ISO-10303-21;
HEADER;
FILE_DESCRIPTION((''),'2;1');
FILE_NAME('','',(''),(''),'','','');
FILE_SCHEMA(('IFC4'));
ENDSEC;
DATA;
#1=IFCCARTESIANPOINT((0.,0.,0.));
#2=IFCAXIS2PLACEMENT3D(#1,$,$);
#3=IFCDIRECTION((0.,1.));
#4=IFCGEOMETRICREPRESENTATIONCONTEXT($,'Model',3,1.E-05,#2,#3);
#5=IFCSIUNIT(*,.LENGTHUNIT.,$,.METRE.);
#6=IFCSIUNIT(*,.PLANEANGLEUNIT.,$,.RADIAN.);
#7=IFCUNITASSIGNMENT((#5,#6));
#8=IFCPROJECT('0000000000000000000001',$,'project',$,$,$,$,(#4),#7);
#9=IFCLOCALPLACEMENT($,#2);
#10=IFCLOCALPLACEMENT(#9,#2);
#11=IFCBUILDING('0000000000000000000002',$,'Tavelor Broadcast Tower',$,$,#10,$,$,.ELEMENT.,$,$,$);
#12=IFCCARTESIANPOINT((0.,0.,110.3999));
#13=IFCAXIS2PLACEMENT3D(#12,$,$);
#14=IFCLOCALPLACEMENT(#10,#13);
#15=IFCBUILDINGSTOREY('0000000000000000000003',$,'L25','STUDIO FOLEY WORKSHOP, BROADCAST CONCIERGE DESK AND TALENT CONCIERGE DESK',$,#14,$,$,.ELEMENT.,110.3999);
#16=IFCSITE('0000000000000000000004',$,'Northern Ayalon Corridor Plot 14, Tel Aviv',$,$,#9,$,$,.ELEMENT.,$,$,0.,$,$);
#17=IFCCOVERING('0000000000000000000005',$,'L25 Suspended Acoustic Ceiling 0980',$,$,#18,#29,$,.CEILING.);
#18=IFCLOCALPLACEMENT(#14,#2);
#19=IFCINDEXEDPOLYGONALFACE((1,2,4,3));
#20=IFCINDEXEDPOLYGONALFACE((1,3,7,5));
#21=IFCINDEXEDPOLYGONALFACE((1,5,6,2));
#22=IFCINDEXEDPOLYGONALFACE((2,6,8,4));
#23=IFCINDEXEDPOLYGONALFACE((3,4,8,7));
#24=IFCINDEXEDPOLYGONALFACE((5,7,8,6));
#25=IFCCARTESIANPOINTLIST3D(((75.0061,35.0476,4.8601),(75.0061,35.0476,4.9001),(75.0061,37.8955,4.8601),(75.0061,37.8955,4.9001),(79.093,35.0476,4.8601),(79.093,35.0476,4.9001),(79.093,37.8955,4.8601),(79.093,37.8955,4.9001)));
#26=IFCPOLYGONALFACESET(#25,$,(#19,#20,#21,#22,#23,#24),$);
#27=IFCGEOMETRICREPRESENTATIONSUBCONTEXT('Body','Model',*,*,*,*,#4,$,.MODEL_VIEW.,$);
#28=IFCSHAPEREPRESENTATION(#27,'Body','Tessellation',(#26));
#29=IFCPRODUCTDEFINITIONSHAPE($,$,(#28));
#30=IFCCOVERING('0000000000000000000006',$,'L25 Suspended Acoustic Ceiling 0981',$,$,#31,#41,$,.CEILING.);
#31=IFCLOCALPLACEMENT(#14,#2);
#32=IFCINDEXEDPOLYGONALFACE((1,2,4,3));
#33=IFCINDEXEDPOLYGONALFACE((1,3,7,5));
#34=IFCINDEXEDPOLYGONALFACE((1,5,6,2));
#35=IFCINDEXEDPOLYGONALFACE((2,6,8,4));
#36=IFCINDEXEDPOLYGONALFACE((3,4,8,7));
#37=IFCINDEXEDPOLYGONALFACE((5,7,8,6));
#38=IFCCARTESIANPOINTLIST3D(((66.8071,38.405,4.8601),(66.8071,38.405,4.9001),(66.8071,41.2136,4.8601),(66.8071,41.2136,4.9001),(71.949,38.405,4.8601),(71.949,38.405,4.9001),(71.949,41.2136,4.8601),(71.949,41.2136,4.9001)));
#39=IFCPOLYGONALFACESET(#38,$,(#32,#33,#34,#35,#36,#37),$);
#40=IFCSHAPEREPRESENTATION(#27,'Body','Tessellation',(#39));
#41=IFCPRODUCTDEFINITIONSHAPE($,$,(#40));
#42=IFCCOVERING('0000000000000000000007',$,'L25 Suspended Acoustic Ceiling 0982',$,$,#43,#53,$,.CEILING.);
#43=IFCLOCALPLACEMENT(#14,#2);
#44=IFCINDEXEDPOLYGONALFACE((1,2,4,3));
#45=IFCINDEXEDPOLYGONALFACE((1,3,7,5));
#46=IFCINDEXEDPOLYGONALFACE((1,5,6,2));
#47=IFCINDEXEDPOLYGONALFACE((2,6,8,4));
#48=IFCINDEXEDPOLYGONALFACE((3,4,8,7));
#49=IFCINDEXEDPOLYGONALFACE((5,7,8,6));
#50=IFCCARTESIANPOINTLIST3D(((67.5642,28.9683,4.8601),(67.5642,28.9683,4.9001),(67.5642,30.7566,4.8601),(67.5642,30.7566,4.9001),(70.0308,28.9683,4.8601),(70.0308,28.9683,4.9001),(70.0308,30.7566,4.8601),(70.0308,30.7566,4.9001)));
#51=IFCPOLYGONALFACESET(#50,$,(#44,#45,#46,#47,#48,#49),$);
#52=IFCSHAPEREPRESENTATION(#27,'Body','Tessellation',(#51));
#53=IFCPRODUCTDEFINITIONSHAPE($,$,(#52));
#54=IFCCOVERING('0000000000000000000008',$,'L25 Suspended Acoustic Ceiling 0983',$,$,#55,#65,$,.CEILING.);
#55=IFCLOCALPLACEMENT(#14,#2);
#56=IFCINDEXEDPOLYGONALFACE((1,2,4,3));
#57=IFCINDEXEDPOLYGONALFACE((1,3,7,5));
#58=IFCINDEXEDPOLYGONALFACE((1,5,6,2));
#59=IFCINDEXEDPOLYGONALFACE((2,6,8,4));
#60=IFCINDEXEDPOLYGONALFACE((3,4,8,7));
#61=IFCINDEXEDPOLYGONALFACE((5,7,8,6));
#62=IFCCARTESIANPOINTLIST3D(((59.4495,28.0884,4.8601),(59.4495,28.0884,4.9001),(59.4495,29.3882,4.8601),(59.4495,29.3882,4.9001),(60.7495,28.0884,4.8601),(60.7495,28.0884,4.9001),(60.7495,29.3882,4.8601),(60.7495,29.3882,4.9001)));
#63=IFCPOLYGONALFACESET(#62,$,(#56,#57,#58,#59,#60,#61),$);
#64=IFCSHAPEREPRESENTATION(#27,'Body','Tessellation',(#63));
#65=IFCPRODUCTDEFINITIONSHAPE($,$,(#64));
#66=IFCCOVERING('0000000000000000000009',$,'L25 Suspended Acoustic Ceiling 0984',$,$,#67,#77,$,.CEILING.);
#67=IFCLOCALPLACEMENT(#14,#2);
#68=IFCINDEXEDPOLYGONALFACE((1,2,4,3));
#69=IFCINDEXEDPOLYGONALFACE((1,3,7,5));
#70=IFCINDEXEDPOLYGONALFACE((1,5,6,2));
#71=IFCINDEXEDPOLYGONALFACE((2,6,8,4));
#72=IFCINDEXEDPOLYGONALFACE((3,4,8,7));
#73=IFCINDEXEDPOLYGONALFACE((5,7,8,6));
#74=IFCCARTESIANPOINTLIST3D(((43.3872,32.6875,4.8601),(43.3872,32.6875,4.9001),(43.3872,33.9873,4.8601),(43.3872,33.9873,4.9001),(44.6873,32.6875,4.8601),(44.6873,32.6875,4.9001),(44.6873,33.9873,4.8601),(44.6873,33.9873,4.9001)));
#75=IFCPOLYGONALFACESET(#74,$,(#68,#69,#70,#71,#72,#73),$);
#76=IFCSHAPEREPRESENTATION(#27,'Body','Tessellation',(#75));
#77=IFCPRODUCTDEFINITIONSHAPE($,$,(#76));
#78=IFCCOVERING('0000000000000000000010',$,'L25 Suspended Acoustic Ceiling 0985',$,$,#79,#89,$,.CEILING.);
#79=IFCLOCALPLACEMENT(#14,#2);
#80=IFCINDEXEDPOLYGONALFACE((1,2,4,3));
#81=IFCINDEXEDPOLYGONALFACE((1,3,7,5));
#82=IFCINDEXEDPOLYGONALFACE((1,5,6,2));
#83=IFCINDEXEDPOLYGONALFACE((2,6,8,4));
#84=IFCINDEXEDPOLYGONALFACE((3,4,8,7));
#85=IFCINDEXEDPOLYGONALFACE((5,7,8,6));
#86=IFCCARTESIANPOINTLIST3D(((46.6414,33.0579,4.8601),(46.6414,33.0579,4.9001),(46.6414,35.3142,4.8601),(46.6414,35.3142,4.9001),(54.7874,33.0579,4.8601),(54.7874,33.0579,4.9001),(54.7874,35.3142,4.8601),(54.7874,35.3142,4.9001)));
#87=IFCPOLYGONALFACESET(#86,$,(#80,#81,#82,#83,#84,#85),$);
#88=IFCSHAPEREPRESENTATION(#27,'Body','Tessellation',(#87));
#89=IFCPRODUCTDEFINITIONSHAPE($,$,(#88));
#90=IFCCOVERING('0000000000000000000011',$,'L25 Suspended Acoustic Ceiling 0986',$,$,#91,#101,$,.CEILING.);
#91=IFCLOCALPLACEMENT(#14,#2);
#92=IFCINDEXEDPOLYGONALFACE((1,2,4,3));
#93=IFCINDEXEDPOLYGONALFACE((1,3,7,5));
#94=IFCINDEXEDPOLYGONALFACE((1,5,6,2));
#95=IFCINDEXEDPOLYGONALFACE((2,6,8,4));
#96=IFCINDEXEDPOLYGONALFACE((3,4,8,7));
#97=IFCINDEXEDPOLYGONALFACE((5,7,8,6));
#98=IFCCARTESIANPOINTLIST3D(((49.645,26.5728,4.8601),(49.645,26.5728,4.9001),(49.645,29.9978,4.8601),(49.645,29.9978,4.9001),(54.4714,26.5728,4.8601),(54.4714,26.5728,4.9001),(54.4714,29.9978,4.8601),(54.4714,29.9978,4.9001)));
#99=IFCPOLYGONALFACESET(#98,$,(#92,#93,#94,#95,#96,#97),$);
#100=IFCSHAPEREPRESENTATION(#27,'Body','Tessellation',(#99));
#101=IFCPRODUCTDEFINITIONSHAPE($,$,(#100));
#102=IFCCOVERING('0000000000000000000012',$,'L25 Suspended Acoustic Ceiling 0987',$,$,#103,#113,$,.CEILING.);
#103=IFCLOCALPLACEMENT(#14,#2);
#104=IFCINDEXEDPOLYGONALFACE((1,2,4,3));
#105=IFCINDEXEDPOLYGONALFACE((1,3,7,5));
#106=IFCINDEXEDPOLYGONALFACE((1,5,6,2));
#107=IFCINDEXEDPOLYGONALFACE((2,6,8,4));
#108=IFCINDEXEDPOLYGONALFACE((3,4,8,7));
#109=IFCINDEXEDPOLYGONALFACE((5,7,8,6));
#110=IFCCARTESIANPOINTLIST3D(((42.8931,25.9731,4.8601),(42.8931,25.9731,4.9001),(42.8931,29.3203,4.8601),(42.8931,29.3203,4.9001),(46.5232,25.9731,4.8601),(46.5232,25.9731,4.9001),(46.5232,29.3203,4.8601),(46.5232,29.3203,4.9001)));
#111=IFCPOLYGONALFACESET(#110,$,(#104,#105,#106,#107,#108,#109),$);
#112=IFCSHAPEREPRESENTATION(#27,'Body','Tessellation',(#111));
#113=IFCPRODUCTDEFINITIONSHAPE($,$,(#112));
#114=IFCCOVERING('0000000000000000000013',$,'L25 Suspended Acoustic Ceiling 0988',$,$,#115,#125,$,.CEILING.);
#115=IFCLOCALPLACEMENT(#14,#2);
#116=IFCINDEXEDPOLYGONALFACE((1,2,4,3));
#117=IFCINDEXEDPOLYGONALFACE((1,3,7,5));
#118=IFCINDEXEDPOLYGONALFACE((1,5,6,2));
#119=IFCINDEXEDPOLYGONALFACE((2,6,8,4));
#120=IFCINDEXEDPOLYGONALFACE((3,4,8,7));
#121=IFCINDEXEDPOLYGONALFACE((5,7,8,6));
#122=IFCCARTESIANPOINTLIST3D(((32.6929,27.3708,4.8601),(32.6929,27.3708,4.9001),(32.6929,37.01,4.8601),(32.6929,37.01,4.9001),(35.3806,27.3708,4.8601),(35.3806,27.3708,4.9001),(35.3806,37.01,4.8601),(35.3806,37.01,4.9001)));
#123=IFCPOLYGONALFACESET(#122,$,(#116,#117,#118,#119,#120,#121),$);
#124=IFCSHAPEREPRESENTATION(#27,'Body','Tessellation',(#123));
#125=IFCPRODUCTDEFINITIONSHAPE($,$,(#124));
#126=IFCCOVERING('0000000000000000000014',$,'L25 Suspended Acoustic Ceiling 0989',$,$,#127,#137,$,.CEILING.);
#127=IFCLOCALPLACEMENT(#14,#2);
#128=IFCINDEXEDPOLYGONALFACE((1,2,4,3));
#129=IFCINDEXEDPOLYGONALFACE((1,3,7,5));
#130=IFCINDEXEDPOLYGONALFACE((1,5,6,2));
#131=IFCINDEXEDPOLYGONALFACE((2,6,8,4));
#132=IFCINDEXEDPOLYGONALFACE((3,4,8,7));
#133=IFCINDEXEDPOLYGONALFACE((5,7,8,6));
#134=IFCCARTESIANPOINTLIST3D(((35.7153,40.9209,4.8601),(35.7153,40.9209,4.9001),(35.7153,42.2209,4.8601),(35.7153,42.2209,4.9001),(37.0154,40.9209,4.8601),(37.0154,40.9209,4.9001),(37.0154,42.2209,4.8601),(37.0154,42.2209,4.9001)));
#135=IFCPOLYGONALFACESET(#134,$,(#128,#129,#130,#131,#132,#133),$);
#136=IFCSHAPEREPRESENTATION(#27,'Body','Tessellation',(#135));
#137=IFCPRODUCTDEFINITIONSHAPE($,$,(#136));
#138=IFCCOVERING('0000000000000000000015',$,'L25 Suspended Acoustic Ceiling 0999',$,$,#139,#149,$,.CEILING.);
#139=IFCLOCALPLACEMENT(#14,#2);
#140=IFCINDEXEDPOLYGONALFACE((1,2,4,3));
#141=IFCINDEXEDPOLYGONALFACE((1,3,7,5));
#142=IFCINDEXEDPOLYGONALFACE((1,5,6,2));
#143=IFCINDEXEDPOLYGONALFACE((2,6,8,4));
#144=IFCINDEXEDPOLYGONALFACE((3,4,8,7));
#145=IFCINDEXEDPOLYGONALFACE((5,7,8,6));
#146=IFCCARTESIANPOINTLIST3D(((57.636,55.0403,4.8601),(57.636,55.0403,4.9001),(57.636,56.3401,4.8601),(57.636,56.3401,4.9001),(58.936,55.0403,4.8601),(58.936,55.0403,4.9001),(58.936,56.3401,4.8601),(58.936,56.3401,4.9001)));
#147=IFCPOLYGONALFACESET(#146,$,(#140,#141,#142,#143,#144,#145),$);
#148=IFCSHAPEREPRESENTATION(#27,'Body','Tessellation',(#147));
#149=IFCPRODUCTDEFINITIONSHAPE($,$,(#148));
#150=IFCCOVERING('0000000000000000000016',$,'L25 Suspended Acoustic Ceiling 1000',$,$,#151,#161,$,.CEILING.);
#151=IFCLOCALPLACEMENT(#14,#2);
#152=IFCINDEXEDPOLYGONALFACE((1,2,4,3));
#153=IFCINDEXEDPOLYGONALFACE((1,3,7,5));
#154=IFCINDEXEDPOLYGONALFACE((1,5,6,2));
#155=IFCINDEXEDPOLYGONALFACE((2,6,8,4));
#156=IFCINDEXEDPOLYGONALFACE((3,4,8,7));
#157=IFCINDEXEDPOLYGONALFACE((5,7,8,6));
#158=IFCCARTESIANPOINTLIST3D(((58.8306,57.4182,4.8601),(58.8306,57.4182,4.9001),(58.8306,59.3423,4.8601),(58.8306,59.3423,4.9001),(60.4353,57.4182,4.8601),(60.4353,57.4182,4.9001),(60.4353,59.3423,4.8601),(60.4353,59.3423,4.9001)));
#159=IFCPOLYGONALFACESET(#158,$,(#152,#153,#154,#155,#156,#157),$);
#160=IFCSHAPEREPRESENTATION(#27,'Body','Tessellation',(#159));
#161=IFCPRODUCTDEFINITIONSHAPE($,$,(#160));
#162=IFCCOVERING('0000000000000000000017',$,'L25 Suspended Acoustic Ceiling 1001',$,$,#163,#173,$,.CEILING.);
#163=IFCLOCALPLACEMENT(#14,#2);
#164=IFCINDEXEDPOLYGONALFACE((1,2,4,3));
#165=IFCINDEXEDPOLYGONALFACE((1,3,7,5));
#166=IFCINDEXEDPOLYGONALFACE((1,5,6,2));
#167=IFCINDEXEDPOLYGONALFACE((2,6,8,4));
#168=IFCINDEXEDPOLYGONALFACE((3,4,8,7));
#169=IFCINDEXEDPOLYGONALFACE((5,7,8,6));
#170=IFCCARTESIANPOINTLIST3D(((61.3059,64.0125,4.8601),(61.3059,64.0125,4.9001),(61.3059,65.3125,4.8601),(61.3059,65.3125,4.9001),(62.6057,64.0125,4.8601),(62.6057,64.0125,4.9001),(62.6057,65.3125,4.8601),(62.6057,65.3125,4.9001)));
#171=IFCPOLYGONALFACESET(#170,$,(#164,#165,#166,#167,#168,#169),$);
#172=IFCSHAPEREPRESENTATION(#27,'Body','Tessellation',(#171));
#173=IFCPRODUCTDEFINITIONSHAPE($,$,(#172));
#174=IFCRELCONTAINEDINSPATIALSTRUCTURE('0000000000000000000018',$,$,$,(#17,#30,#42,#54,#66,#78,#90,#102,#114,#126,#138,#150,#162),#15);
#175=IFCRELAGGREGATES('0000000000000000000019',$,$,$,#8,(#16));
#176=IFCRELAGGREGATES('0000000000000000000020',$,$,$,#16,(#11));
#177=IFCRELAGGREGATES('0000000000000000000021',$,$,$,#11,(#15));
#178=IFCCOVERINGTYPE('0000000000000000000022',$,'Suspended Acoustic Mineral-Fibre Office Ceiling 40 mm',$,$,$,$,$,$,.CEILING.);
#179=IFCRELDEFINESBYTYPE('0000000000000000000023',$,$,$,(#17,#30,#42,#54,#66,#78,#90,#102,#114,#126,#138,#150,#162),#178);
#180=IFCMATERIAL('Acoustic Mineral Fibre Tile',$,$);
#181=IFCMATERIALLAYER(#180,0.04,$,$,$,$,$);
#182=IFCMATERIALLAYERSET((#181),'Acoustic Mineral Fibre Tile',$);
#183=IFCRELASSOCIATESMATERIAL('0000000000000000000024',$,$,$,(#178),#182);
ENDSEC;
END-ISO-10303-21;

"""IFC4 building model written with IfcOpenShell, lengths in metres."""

from ifc_helpers import new_model, si_unit, direction, frame, origin, place, context, subcontext, project, spatial, polyline, outline, extrude, material, layer, layer_set, type_object, element, save


model = new_model("IFC4")

# Units and contexts
model_context = context("Model", 3, precision=1e-05, world=origin(), true_north=direction((0.0, 1.0)))
body_context = subcontext(model_context, "Body", "Model", "MODEL_VIEW")
ifc_project = project(units=[si_unit("LENGTHUNIT", "METRE"), si_unit("PLANEANGLEUNIT", "RADIAN")], contexts=[model_context])

# Site, building, storey
site_placement = place(None, origin())
site = spatial("IfcSite", under=ifc_project, at=site_placement, Name="Northern Ayalon Corridor Plot 14, Tel Aviv", CompositionType="ELEMENT", RefElevation=0.0)
building_placement = place(site_placement, origin())
building = spatial("IfcBuilding", under=site, at=building_placement, Name="Tavelor Broadcast Tower", CompositionType="ELEMENT")
storey_placement = place(building_placement, frame((0.0, 0.0, 110.3999)))
storey = spatial("IfcBuildingStorey", under=building, at=storey_placement, Name="L25", Description="STUDIO FOLEY WORKSHOP, BROADCAST CONCIERGE DESK AND TALENT CONCIERGE DESK", CompositionType="ELEMENT", Elevation=110.3999)

# Coverings
ifc_material_1 = material(Name="Acoustic Mineral Fibre Tile")
ifc_layer_1 = layer(ifc_material_1, 0.04)
ifc_layer_set_1 = layer_set([ifc_layer_1], Name="Acoustic Mineral Fibre Tile")
covering_type_1 = type_object("IfcCoveringType", Name="Suspended Acoustic Mineral-Fibre Office Ceiling 40 mm", PredefinedType="CEILING", material=ifc_layer_set_1)
covering_1_placement = place(storey_placement, frame((0.0, 0.0, 4.8601)))
element("IfcCovering", 1, at=covering_1_placement, inside=storey, type_object=covering_type_1, Name="L25 Suspended Acoustic Ceiling 0980", PredefinedType="CEILING", context=body_context, shape_type="SweptSolid", body=[
    extrude(outline(polyline([(75.0061, 35.0476), (79.093, 35.0476), (79.093, 37.8955), (75.0061, 37.8955), (75.0061, 35.0476)])), origin(), (0.0, 0.0, 1.0), 0.04),
])
covering_2_placement = place(storey_placement, frame((0.0, 0.0, 4.8601)))
element("IfcCovering", 2, at=covering_2_placement, inside=storey, type_object=covering_type_1, Name="L25 Suspended Acoustic Ceiling 0981", PredefinedType="CEILING", context=body_context, shape_type="SweptSolid", body=[
    extrude(outline(polyline([(66.8071, 38.405), (71.949, 38.405), (71.949, 41.2136), (66.8071, 41.2136), (66.8071, 38.405)])), origin(), (0.0, 0.0, 1.0), 0.04),
])
covering_3_placement = place(storey_placement, frame((0.0, 0.0, 4.8601)))
element("IfcCovering", 3, at=covering_3_placement, inside=storey, type_object=covering_type_1, Name="L25 Suspended Acoustic Ceiling 0982", PredefinedType="CEILING", context=body_context, shape_type="SweptSolid", body=[
    extrude(outline(polyline([(67.5642, 28.9683), (70.0308, 28.9683), (70.0308, 30.7566), (67.5642, 30.7566), (67.5642, 28.9683)])), origin(), (0.0, 0.0, 1.0), 0.04),
])
covering_4_placement = place(storey_placement, frame((0.0, 0.0, 4.8601)))
element("IfcCovering", 4, at=covering_4_placement, inside=storey, type_object=covering_type_1, Name="L25 Suspended Acoustic Ceiling 0983", PredefinedType="CEILING", context=body_context, shape_type="SweptSolid", body=[
    extrude(outline(polyline([(59.4495, 28.0884), (60.7495, 28.0884), (60.7495, 29.3882), (59.4495, 29.3882), (59.4495, 28.0884)])), origin(), (0.0, 0.0, 1.0), 0.04),
])
covering_5_placement = place(storey_placement, frame((0.0, 0.0, 4.8601)))
element("IfcCovering", 5, at=covering_5_placement, inside=storey, type_object=covering_type_1, Name="L25 Suspended Acoustic Ceiling 0984", PredefinedType="CEILING", context=body_context, shape_type="SweptSolid", body=[
    extrude(outline(polyline([(43.3872, 32.6875), (44.6873, 32.6875), (44.6873, 33.9873), (43.3872, 33.9873), (43.3872, 32.6875)])), origin(), (0.0, 0.0, 1.0), 0.04),
])
covering_6_placement = place(storey_placement, frame((0.0, 0.0, 4.8601)))
element("IfcCovering", 6, at=covering_6_placement, inside=storey, type_object=covering_type_1, Name="L25 Suspended Acoustic Ceiling 0985", PredefinedType="CEILING", context=body_context, shape_type="SweptSolid", body=[
    extrude(outline(polyline([(46.6414, 33.0579), (54.7874, 33.0579), (54.7874, 35.3142), (46.6414, 35.3142), (46.6414, 33.0579)])), origin(), (0.0, 0.0, 1.0), 0.04),
])
covering_7_placement = place(storey_placement, frame((0.0, 0.0, 4.8601)))
element("IfcCovering", 7, at=covering_7_placement, inside=storey, type_object=covering_type_1, Name="L25 Suspended Acoustic Ceiling 0986", PredefinedType="CEILING", context=body_context, shape_type="SweptSolid", body=[
    extrude(outline(polyline([(49.645, 26.5728), (54.4714, 26.5728), (54.4714, 29.9978), (49.645, 29.9978), (49.645, 26.5728)])), origin(), (0.0, 0.0, 1.0), 0.04),
])
covering_8_placement = place(storey_placement, frame((0.0, 0.0, 4.8601)))
element("IfcCovering", 8, at=covering_8_placement, inside=storey, type_object=covering_type_1, Name="L25 Suspended Acoustic Ceiling 0987", PredefinedType="CEILING", context=body_context, shape_type="SweptSolid", body=[
    extrude(outline(polyline([(42.8931, 25.9731), (46.5232, 25.9731), (46.5232, 29.3203), (42.8931, 29.3203), (42.8931, 25.9731)])), origin(), (0.0, 0.0, 1.0), 0.04),
])
covering_9_placement = place(storey_placement, frame((0.0, 0.0, 4.8601)))
element("IfcCovering", 9, at=covering_9_placement, inside=storey, type_object=covering_type_1, Name="L25 Suspended Acoustic Ceiling 0988", PredefinedType="CEILING", context=body_context, shape_type="SweptSolid", body=[
    extrude(outline(polyline([(32.6929, 27.3708), (35.3806, 27.3708), (35.3806, 37.01), (32.6929, 37.01), (32.6929, 27.3708)])), origin(), (0.0, 0.0, 1.0), 0.04),
])
covering_10_placement = place(storey_placement, frame((0.0, 0.0, 4.8601)))
element("IfcCovering", 10, at=covering_10_placement, inside=storey, type_object=covering_type_1, Name="L25 Suspended Acoustic Ceiling 0989", PredefinedType="CEILING", context=body_context, shape_type="SweptSolid", body=[
    extrude(outline(polyline([(35.7153, 40.9209), (37.0154, 40.9209), (37.0154, 42.2209), (35.7153, 42.2209), (35.7153, 40.9209)])), origin(), (0.0, 0.0, 1.0), 0.04),
])
covering_11_placement = place(storey_placement, frame((0.0, 0.0, 4.8601)))
element("IfcCovering", 11, at=covering_11_placement, inside=storey, type_object=covering_type_1, Name="L25 Suspended Acoustic Ceiling 0999", PredefinedType="CEILING", context=body_context, shape_type="SweptSolid", body=[
    extrude(outline(polyline([(57.636, 55.0403), (58.936, 55.0403), (58.936, 56.3401), (57.636, 56.3401), (57.636, 55.0403)])), origin(), (0.0, 0.0, 1.0), 0.04),
])
covering_12_placement = place(storey_placement, frame((0.0, 0.0, 4.8601)))
element("IfcCovering", 12, at=covering_12_placement, inside=storey, type_object=covering_type_1, Name="L25 Suspended Acoustic Ceiling 1000", PredefinedType="CEILING", context=body_context, shape_type="SweptSolid", body=[
    extrude(outline(polyline([(58.8306, 57.4182), (60.4353, 57.4182), (60.4353, 59.3423), (58.8306, 59.3423), (58.8306, 57.4182)])), origin(), (0.0, 0.0, 1.0), 0.04),
])
covering_13_placement = place(storey_placement, frame((0.0, 0.0, 4.8601)))
element("IfcCovering", 13, at=covering_13_placement, inside=storey, type_object=covering_type_1, Name="L25 Suspended Acoustic Ceiling 1001", PredefinedType="CEILING", context=body_context, shape_type="SweptSolid", body=[
    extrude(outline(polyline([(61.3059, 64.0125), (62.6057, 64.0125), (62.6057, 65.3125), (61.3059, 65.3125), (61.3059, 64.0125)])), origin(), (0.0, 0.0, 1.0), 0.04),
])

save(model, "model.ifc")
